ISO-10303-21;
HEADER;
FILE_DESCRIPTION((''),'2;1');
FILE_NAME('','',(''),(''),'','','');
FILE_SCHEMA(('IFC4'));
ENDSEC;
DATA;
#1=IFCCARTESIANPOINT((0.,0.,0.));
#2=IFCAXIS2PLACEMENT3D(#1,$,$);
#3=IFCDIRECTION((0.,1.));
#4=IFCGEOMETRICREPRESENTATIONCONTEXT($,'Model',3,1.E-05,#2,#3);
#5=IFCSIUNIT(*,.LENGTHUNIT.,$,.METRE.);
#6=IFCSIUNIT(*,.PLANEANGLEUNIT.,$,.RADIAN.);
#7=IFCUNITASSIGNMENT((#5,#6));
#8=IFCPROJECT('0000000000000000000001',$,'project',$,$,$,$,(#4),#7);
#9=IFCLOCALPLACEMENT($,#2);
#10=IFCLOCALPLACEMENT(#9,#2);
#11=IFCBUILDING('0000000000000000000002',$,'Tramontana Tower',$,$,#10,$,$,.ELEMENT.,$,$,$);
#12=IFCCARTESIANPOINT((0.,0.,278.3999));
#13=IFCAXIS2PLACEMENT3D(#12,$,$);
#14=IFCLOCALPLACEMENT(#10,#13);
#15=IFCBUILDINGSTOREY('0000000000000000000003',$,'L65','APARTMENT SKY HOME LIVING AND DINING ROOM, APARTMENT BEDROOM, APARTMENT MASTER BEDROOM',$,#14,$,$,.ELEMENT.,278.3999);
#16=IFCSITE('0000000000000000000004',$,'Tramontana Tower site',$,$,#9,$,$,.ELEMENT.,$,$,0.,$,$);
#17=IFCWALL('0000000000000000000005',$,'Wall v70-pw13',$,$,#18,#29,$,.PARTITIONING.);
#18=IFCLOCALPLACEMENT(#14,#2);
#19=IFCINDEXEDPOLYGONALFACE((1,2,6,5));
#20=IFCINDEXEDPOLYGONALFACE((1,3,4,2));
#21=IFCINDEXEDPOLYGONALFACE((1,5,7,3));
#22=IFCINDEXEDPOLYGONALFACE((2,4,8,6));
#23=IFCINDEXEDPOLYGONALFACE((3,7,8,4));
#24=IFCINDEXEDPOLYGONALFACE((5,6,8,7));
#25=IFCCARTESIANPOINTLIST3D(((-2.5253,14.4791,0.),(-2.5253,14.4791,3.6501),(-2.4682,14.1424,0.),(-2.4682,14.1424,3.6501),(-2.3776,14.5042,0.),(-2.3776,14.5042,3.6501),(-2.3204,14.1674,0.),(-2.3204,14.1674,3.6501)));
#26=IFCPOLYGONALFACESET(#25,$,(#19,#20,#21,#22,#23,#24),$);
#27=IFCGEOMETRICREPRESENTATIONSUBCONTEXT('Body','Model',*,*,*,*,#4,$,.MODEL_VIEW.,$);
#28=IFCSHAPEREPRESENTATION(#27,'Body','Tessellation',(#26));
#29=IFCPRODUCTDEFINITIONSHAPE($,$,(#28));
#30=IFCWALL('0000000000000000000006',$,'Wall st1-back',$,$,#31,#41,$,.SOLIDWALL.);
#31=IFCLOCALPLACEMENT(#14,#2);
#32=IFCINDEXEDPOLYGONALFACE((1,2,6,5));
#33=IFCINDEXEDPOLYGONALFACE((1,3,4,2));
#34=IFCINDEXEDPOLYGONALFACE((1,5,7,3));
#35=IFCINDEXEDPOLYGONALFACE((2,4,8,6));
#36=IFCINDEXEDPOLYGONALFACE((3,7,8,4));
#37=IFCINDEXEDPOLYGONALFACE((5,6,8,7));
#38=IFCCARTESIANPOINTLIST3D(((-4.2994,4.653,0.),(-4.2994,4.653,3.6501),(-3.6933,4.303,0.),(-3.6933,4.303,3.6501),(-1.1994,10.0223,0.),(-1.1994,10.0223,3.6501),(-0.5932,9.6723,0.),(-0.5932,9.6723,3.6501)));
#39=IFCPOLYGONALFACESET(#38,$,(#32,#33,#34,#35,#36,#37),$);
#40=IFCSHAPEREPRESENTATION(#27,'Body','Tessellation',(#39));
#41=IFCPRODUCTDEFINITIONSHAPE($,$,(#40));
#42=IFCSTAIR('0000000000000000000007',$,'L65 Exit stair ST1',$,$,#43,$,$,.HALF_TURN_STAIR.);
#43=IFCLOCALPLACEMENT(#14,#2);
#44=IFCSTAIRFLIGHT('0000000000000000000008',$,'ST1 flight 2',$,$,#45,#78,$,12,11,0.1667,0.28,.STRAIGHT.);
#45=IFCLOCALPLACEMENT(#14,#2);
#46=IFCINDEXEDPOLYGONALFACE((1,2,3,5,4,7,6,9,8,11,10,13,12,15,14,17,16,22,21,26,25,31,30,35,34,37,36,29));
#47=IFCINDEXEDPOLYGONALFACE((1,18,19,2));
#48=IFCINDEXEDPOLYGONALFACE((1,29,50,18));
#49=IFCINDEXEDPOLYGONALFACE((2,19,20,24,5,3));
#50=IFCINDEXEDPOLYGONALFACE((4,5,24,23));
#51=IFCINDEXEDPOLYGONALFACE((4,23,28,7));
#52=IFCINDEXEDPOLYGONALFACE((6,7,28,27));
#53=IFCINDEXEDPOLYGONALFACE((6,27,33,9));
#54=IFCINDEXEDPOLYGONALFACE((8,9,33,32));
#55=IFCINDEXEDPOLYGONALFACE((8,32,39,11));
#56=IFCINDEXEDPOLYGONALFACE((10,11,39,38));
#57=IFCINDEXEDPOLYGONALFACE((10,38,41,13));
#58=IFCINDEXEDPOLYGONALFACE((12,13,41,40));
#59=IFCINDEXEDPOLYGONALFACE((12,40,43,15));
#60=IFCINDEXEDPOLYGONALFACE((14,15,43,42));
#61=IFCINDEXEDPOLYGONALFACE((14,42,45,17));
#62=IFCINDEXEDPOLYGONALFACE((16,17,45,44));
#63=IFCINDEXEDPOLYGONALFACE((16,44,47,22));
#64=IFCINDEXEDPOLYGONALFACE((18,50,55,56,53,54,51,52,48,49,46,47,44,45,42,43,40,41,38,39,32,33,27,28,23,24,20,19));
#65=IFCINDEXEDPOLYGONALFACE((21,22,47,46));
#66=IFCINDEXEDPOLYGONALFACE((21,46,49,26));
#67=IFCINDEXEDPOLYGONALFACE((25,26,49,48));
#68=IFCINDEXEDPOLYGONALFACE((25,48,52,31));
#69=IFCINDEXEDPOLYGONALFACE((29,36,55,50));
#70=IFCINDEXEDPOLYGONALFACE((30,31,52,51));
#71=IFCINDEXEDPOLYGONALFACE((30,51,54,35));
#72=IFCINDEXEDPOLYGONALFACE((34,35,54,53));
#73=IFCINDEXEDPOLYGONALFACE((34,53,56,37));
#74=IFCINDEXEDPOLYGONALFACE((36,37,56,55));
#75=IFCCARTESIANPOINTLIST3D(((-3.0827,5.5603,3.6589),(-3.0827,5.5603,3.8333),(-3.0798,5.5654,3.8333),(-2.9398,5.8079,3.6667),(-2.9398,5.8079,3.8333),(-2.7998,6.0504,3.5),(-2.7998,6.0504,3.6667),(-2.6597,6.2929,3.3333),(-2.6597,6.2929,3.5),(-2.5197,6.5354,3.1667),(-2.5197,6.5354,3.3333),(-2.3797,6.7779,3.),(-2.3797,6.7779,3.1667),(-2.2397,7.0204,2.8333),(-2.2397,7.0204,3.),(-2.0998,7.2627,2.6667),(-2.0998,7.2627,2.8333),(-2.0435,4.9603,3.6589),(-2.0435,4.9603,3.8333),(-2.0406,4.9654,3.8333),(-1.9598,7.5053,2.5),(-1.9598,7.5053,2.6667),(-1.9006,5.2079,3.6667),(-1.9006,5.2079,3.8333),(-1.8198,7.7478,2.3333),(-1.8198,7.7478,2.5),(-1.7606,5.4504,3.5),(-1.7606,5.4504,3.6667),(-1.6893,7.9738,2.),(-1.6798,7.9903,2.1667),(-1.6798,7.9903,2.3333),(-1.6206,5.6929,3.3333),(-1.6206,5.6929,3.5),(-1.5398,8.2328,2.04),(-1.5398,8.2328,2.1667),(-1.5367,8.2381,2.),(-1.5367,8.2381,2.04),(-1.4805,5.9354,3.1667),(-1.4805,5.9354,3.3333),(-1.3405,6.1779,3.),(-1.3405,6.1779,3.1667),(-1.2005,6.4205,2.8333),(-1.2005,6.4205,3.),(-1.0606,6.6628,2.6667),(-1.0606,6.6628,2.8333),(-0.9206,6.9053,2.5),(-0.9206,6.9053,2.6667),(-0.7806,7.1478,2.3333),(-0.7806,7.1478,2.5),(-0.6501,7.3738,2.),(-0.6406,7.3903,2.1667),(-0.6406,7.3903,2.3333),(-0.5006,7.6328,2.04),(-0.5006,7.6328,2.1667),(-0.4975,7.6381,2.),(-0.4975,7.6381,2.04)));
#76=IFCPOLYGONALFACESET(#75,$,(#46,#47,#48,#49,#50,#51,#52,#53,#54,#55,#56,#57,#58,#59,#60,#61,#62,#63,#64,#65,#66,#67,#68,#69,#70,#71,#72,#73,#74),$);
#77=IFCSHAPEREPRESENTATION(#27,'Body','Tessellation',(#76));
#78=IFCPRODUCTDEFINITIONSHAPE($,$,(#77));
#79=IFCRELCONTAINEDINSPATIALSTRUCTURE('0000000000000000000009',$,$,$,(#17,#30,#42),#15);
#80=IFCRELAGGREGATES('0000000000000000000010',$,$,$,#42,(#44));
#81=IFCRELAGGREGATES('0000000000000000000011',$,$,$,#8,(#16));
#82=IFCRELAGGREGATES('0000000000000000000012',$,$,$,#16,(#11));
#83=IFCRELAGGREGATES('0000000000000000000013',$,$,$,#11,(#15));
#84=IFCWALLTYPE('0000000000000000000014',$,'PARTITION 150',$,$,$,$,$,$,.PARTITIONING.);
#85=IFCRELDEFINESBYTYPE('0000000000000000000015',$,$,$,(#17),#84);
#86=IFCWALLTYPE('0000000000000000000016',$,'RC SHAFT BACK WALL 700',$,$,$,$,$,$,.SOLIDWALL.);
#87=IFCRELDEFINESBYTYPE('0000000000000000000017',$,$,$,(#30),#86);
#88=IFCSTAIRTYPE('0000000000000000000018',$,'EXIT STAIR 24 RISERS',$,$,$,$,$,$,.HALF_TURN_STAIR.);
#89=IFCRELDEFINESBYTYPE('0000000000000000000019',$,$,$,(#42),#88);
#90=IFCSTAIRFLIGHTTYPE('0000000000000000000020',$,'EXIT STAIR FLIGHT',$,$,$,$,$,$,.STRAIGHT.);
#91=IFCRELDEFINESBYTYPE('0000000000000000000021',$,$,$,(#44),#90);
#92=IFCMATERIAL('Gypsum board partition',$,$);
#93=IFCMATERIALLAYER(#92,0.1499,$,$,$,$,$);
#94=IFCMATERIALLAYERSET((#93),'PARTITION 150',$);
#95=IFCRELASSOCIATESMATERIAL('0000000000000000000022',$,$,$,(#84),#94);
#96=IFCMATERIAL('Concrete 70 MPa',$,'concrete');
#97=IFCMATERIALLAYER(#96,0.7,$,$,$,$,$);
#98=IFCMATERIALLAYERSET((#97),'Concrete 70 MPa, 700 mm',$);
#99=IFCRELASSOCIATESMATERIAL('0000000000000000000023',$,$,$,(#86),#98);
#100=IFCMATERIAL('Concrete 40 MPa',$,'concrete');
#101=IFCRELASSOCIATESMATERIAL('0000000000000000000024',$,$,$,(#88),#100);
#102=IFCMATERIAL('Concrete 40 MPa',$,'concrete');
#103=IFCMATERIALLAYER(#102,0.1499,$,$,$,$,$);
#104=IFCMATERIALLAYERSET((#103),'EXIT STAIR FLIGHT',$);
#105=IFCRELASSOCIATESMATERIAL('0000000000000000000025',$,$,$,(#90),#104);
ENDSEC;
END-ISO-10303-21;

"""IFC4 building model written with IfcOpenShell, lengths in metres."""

from ifc_helpers import new_model, si_unit, direction, frame, frame_2d, origin, place, context, subcontext, project, spatial, polyline, rectangle, outline, extrude, material, layer, layer_set, type_object, element, aggregate, save


model = new_model("IFC4")

# Units and contexts
model_context = context("Model", 3, precision=1e-05, world=origin(), true_north=direction((0.0, 1.0)))
body_context = subcontext(model_context, "Body", "Model", "MODEL_VIEW")
ifc_project = project(units=[si_unit("LENGTHUNIT", "METRE"), si_unit("PLANEANGLEUNIT", "RADIAN")], contexts=[model_context])

# Site, building, storey
site_placement = place(None, origin())
site = spatial("IfcSite", under=ifc_project, at=site_placement, Name="Tramontana Tower site", CompositionType="ELEMENT", RefElevation=0.0)
building_placement = place(site_placement, origin())
building = spatial("IfcBuilding", under=site, at=building_placement, Name="Tramontana Tower", CompositionType="ELEMENT")
storey_placement = place(building_placement, frame((0.0, 0.0, 278.3999)))
storey = spatial("IfcBuildingStorey", under=building, at=storey_placement, Name="L65", Description="APARTMENT SKY HOME LIVING AND DINING ROOM, APARTMENT BEDROOM, APARTMENT MASTER BEDROOM", CompositionType="ELEMENT", Elevation=278.3999)

# Shared definitions
ifc_material_1 = material(Name="Gypsum board partition")
ifc_layer_1 = layer(ifc_material_1, 0.1499)
ifc_layer_set_1 = layer_set([ifc_layer_1], Name="PARTITION 150")
wall_type_1 = type_object("IfcWallType", Name="PARTITION 150", PredefinedType="PARTITIONING", material=ifc_layer_set_1)

# Walls
wall_1_placement = place(storey_placement, frame((-2.3943, 14.1548, 0.0), z_axis=(0.0, 0.0, 1.0), x_axis=(-0.167297, 0.985907, 0.0)))
element("IfcWall", 1, at=wall_1_placement, inside=storey, type_object=wall_type_1, Name="Wall v70-pw13", PredefinedType="PARTITIONING", context=body_context, shape_type="SweptSolid", body=[
    extrude(rectangle(XDim=0.3416, YDim=0.1499, at=frame_2d((0.1709, 0.0))), origin(), (0.0, 0.0, 1.0), 3.6501),
])
ifc_material_2 = material(Name="Concrete 70 MPa", Category="concrete")
ifc_layer_2 = layer(ifc_material_2, 0.7)
ifc_layer_set_2 = layer_set([ifc_layer_2], Name="Concrete 70 MPa, 700 mm")
wall_type_2 = type_object("IfcWallType", Name="RC SHAFT BACK WALL 700", PredefinedType="SOLIDWALL", material=ifc_layer_set_2)
wall_2_placement = place(storey_placement, frame((-0.8962, 9.8474, 0.0), z_axis=(0.0, 0.0, 1.0), x_axis=(-0.50001, -0.86602, 0.0)))
element("IfcWall", 2, at=wall_2_placement, inside=storey, type_object=wall_type_2, Name="Wall st1-back", PredefinedType="SOLIDWALL", context=body_context, shape_type="SweptSolid", body=[
    extrude(rectangle(XDim=6.2, YDim=0.7, at=frame_2d((3.1001, 0.0))), origin(), (0.0, 0.0, 1.0), 3.6501),
])

# Stair, stair flight
ifc_material_3 = material(Name="Concrete 40 MPa", Category="concrete")
stair_type = type_object("IfcStairType", Name="EXIT STAIR 24 RISERS", PredefinedType="HALF_TURN_STAIR", material=ifc_material_3)
stair_placement = place(storey_placement, origin())
stair = element("IfcStair", 3, at=stair_placement, inside=storey, type_object=stair_type, Name="L65 Exit stair ST1", PredefinedType="HALF_TURN_STAIR")
ifc_material_4 = material(Name="Concrete 40 MPa", Category="concrete")
ifc_layer_3 = layer(ifc_material_4, 0.1499)
ifc_layer_set_3 = layer_set([ifc_layer_3], Name="EXIT STAIR FLIGHT")
stair_flight_type = type_object("IfcStairFlightType", Name="EXIT STAIR FLIGHT", PredefinedType="STRAIGHT", material=ifc_layer_set_3)
stair_flight_placement = place(storey_placement, frame((-1.0203, 7.9329, 2.0), z_axis=(0.0, 0.0, 1.0), x_axis=(-0.5, -0.866025, 0.0)))
stair_flight = element("IfcStairFlight", 4, at=stair_flight_placement, type_object=stair_flight_type, Name="ST1 flight 2", NumberOfRisers=12, NumberOfTreads=11, PredefinedType="STRAIGHT", RiserHeight=0.1667, TreadLength=0.28, context=body_context, shape_type="SweptSolid", body=[
    extrude(outline(polyline([(-0.0061, 0.0), (-0.0061, 0.04), (0.0, 0.04), (0.0, 0.1667), (0.28, 0.1667), (0.28, 0.3333), (0.5601, 0.3333), (0.5601, 0.5), (0.8401, 0.5), (0.8401, 0.6667), (1.1201, 0.6667), (1.1201, 0.8333), (1.3999, 0.8333), (1.3999, 1.0), (1.6799, 1.0), (1.6799, 1.1667), (1.96, 1.1667), (1.96, 1.3333), (2.24, 1.3333), (2.24, 1.5), (2.52, 1.5), (2.52, 1.6667), (2.8, 1.6667), (2.8, 1.8333), (3.0801, 1.8333), (3.0859, 1.8333), (3.0859, 1.6589), (0.2991, 0.0), (-0.0061, 0.0)])), frame((0.0, 0.6001, 0.0), z_axis=(0.0, -1.0, 0.0), x_axis=(1.0, 0.0, 0.0)), (0.0, 0.0, 1.0), 1.2),
])
aggregate(stair, [stair_flight])

save(model, "model.ifc")
